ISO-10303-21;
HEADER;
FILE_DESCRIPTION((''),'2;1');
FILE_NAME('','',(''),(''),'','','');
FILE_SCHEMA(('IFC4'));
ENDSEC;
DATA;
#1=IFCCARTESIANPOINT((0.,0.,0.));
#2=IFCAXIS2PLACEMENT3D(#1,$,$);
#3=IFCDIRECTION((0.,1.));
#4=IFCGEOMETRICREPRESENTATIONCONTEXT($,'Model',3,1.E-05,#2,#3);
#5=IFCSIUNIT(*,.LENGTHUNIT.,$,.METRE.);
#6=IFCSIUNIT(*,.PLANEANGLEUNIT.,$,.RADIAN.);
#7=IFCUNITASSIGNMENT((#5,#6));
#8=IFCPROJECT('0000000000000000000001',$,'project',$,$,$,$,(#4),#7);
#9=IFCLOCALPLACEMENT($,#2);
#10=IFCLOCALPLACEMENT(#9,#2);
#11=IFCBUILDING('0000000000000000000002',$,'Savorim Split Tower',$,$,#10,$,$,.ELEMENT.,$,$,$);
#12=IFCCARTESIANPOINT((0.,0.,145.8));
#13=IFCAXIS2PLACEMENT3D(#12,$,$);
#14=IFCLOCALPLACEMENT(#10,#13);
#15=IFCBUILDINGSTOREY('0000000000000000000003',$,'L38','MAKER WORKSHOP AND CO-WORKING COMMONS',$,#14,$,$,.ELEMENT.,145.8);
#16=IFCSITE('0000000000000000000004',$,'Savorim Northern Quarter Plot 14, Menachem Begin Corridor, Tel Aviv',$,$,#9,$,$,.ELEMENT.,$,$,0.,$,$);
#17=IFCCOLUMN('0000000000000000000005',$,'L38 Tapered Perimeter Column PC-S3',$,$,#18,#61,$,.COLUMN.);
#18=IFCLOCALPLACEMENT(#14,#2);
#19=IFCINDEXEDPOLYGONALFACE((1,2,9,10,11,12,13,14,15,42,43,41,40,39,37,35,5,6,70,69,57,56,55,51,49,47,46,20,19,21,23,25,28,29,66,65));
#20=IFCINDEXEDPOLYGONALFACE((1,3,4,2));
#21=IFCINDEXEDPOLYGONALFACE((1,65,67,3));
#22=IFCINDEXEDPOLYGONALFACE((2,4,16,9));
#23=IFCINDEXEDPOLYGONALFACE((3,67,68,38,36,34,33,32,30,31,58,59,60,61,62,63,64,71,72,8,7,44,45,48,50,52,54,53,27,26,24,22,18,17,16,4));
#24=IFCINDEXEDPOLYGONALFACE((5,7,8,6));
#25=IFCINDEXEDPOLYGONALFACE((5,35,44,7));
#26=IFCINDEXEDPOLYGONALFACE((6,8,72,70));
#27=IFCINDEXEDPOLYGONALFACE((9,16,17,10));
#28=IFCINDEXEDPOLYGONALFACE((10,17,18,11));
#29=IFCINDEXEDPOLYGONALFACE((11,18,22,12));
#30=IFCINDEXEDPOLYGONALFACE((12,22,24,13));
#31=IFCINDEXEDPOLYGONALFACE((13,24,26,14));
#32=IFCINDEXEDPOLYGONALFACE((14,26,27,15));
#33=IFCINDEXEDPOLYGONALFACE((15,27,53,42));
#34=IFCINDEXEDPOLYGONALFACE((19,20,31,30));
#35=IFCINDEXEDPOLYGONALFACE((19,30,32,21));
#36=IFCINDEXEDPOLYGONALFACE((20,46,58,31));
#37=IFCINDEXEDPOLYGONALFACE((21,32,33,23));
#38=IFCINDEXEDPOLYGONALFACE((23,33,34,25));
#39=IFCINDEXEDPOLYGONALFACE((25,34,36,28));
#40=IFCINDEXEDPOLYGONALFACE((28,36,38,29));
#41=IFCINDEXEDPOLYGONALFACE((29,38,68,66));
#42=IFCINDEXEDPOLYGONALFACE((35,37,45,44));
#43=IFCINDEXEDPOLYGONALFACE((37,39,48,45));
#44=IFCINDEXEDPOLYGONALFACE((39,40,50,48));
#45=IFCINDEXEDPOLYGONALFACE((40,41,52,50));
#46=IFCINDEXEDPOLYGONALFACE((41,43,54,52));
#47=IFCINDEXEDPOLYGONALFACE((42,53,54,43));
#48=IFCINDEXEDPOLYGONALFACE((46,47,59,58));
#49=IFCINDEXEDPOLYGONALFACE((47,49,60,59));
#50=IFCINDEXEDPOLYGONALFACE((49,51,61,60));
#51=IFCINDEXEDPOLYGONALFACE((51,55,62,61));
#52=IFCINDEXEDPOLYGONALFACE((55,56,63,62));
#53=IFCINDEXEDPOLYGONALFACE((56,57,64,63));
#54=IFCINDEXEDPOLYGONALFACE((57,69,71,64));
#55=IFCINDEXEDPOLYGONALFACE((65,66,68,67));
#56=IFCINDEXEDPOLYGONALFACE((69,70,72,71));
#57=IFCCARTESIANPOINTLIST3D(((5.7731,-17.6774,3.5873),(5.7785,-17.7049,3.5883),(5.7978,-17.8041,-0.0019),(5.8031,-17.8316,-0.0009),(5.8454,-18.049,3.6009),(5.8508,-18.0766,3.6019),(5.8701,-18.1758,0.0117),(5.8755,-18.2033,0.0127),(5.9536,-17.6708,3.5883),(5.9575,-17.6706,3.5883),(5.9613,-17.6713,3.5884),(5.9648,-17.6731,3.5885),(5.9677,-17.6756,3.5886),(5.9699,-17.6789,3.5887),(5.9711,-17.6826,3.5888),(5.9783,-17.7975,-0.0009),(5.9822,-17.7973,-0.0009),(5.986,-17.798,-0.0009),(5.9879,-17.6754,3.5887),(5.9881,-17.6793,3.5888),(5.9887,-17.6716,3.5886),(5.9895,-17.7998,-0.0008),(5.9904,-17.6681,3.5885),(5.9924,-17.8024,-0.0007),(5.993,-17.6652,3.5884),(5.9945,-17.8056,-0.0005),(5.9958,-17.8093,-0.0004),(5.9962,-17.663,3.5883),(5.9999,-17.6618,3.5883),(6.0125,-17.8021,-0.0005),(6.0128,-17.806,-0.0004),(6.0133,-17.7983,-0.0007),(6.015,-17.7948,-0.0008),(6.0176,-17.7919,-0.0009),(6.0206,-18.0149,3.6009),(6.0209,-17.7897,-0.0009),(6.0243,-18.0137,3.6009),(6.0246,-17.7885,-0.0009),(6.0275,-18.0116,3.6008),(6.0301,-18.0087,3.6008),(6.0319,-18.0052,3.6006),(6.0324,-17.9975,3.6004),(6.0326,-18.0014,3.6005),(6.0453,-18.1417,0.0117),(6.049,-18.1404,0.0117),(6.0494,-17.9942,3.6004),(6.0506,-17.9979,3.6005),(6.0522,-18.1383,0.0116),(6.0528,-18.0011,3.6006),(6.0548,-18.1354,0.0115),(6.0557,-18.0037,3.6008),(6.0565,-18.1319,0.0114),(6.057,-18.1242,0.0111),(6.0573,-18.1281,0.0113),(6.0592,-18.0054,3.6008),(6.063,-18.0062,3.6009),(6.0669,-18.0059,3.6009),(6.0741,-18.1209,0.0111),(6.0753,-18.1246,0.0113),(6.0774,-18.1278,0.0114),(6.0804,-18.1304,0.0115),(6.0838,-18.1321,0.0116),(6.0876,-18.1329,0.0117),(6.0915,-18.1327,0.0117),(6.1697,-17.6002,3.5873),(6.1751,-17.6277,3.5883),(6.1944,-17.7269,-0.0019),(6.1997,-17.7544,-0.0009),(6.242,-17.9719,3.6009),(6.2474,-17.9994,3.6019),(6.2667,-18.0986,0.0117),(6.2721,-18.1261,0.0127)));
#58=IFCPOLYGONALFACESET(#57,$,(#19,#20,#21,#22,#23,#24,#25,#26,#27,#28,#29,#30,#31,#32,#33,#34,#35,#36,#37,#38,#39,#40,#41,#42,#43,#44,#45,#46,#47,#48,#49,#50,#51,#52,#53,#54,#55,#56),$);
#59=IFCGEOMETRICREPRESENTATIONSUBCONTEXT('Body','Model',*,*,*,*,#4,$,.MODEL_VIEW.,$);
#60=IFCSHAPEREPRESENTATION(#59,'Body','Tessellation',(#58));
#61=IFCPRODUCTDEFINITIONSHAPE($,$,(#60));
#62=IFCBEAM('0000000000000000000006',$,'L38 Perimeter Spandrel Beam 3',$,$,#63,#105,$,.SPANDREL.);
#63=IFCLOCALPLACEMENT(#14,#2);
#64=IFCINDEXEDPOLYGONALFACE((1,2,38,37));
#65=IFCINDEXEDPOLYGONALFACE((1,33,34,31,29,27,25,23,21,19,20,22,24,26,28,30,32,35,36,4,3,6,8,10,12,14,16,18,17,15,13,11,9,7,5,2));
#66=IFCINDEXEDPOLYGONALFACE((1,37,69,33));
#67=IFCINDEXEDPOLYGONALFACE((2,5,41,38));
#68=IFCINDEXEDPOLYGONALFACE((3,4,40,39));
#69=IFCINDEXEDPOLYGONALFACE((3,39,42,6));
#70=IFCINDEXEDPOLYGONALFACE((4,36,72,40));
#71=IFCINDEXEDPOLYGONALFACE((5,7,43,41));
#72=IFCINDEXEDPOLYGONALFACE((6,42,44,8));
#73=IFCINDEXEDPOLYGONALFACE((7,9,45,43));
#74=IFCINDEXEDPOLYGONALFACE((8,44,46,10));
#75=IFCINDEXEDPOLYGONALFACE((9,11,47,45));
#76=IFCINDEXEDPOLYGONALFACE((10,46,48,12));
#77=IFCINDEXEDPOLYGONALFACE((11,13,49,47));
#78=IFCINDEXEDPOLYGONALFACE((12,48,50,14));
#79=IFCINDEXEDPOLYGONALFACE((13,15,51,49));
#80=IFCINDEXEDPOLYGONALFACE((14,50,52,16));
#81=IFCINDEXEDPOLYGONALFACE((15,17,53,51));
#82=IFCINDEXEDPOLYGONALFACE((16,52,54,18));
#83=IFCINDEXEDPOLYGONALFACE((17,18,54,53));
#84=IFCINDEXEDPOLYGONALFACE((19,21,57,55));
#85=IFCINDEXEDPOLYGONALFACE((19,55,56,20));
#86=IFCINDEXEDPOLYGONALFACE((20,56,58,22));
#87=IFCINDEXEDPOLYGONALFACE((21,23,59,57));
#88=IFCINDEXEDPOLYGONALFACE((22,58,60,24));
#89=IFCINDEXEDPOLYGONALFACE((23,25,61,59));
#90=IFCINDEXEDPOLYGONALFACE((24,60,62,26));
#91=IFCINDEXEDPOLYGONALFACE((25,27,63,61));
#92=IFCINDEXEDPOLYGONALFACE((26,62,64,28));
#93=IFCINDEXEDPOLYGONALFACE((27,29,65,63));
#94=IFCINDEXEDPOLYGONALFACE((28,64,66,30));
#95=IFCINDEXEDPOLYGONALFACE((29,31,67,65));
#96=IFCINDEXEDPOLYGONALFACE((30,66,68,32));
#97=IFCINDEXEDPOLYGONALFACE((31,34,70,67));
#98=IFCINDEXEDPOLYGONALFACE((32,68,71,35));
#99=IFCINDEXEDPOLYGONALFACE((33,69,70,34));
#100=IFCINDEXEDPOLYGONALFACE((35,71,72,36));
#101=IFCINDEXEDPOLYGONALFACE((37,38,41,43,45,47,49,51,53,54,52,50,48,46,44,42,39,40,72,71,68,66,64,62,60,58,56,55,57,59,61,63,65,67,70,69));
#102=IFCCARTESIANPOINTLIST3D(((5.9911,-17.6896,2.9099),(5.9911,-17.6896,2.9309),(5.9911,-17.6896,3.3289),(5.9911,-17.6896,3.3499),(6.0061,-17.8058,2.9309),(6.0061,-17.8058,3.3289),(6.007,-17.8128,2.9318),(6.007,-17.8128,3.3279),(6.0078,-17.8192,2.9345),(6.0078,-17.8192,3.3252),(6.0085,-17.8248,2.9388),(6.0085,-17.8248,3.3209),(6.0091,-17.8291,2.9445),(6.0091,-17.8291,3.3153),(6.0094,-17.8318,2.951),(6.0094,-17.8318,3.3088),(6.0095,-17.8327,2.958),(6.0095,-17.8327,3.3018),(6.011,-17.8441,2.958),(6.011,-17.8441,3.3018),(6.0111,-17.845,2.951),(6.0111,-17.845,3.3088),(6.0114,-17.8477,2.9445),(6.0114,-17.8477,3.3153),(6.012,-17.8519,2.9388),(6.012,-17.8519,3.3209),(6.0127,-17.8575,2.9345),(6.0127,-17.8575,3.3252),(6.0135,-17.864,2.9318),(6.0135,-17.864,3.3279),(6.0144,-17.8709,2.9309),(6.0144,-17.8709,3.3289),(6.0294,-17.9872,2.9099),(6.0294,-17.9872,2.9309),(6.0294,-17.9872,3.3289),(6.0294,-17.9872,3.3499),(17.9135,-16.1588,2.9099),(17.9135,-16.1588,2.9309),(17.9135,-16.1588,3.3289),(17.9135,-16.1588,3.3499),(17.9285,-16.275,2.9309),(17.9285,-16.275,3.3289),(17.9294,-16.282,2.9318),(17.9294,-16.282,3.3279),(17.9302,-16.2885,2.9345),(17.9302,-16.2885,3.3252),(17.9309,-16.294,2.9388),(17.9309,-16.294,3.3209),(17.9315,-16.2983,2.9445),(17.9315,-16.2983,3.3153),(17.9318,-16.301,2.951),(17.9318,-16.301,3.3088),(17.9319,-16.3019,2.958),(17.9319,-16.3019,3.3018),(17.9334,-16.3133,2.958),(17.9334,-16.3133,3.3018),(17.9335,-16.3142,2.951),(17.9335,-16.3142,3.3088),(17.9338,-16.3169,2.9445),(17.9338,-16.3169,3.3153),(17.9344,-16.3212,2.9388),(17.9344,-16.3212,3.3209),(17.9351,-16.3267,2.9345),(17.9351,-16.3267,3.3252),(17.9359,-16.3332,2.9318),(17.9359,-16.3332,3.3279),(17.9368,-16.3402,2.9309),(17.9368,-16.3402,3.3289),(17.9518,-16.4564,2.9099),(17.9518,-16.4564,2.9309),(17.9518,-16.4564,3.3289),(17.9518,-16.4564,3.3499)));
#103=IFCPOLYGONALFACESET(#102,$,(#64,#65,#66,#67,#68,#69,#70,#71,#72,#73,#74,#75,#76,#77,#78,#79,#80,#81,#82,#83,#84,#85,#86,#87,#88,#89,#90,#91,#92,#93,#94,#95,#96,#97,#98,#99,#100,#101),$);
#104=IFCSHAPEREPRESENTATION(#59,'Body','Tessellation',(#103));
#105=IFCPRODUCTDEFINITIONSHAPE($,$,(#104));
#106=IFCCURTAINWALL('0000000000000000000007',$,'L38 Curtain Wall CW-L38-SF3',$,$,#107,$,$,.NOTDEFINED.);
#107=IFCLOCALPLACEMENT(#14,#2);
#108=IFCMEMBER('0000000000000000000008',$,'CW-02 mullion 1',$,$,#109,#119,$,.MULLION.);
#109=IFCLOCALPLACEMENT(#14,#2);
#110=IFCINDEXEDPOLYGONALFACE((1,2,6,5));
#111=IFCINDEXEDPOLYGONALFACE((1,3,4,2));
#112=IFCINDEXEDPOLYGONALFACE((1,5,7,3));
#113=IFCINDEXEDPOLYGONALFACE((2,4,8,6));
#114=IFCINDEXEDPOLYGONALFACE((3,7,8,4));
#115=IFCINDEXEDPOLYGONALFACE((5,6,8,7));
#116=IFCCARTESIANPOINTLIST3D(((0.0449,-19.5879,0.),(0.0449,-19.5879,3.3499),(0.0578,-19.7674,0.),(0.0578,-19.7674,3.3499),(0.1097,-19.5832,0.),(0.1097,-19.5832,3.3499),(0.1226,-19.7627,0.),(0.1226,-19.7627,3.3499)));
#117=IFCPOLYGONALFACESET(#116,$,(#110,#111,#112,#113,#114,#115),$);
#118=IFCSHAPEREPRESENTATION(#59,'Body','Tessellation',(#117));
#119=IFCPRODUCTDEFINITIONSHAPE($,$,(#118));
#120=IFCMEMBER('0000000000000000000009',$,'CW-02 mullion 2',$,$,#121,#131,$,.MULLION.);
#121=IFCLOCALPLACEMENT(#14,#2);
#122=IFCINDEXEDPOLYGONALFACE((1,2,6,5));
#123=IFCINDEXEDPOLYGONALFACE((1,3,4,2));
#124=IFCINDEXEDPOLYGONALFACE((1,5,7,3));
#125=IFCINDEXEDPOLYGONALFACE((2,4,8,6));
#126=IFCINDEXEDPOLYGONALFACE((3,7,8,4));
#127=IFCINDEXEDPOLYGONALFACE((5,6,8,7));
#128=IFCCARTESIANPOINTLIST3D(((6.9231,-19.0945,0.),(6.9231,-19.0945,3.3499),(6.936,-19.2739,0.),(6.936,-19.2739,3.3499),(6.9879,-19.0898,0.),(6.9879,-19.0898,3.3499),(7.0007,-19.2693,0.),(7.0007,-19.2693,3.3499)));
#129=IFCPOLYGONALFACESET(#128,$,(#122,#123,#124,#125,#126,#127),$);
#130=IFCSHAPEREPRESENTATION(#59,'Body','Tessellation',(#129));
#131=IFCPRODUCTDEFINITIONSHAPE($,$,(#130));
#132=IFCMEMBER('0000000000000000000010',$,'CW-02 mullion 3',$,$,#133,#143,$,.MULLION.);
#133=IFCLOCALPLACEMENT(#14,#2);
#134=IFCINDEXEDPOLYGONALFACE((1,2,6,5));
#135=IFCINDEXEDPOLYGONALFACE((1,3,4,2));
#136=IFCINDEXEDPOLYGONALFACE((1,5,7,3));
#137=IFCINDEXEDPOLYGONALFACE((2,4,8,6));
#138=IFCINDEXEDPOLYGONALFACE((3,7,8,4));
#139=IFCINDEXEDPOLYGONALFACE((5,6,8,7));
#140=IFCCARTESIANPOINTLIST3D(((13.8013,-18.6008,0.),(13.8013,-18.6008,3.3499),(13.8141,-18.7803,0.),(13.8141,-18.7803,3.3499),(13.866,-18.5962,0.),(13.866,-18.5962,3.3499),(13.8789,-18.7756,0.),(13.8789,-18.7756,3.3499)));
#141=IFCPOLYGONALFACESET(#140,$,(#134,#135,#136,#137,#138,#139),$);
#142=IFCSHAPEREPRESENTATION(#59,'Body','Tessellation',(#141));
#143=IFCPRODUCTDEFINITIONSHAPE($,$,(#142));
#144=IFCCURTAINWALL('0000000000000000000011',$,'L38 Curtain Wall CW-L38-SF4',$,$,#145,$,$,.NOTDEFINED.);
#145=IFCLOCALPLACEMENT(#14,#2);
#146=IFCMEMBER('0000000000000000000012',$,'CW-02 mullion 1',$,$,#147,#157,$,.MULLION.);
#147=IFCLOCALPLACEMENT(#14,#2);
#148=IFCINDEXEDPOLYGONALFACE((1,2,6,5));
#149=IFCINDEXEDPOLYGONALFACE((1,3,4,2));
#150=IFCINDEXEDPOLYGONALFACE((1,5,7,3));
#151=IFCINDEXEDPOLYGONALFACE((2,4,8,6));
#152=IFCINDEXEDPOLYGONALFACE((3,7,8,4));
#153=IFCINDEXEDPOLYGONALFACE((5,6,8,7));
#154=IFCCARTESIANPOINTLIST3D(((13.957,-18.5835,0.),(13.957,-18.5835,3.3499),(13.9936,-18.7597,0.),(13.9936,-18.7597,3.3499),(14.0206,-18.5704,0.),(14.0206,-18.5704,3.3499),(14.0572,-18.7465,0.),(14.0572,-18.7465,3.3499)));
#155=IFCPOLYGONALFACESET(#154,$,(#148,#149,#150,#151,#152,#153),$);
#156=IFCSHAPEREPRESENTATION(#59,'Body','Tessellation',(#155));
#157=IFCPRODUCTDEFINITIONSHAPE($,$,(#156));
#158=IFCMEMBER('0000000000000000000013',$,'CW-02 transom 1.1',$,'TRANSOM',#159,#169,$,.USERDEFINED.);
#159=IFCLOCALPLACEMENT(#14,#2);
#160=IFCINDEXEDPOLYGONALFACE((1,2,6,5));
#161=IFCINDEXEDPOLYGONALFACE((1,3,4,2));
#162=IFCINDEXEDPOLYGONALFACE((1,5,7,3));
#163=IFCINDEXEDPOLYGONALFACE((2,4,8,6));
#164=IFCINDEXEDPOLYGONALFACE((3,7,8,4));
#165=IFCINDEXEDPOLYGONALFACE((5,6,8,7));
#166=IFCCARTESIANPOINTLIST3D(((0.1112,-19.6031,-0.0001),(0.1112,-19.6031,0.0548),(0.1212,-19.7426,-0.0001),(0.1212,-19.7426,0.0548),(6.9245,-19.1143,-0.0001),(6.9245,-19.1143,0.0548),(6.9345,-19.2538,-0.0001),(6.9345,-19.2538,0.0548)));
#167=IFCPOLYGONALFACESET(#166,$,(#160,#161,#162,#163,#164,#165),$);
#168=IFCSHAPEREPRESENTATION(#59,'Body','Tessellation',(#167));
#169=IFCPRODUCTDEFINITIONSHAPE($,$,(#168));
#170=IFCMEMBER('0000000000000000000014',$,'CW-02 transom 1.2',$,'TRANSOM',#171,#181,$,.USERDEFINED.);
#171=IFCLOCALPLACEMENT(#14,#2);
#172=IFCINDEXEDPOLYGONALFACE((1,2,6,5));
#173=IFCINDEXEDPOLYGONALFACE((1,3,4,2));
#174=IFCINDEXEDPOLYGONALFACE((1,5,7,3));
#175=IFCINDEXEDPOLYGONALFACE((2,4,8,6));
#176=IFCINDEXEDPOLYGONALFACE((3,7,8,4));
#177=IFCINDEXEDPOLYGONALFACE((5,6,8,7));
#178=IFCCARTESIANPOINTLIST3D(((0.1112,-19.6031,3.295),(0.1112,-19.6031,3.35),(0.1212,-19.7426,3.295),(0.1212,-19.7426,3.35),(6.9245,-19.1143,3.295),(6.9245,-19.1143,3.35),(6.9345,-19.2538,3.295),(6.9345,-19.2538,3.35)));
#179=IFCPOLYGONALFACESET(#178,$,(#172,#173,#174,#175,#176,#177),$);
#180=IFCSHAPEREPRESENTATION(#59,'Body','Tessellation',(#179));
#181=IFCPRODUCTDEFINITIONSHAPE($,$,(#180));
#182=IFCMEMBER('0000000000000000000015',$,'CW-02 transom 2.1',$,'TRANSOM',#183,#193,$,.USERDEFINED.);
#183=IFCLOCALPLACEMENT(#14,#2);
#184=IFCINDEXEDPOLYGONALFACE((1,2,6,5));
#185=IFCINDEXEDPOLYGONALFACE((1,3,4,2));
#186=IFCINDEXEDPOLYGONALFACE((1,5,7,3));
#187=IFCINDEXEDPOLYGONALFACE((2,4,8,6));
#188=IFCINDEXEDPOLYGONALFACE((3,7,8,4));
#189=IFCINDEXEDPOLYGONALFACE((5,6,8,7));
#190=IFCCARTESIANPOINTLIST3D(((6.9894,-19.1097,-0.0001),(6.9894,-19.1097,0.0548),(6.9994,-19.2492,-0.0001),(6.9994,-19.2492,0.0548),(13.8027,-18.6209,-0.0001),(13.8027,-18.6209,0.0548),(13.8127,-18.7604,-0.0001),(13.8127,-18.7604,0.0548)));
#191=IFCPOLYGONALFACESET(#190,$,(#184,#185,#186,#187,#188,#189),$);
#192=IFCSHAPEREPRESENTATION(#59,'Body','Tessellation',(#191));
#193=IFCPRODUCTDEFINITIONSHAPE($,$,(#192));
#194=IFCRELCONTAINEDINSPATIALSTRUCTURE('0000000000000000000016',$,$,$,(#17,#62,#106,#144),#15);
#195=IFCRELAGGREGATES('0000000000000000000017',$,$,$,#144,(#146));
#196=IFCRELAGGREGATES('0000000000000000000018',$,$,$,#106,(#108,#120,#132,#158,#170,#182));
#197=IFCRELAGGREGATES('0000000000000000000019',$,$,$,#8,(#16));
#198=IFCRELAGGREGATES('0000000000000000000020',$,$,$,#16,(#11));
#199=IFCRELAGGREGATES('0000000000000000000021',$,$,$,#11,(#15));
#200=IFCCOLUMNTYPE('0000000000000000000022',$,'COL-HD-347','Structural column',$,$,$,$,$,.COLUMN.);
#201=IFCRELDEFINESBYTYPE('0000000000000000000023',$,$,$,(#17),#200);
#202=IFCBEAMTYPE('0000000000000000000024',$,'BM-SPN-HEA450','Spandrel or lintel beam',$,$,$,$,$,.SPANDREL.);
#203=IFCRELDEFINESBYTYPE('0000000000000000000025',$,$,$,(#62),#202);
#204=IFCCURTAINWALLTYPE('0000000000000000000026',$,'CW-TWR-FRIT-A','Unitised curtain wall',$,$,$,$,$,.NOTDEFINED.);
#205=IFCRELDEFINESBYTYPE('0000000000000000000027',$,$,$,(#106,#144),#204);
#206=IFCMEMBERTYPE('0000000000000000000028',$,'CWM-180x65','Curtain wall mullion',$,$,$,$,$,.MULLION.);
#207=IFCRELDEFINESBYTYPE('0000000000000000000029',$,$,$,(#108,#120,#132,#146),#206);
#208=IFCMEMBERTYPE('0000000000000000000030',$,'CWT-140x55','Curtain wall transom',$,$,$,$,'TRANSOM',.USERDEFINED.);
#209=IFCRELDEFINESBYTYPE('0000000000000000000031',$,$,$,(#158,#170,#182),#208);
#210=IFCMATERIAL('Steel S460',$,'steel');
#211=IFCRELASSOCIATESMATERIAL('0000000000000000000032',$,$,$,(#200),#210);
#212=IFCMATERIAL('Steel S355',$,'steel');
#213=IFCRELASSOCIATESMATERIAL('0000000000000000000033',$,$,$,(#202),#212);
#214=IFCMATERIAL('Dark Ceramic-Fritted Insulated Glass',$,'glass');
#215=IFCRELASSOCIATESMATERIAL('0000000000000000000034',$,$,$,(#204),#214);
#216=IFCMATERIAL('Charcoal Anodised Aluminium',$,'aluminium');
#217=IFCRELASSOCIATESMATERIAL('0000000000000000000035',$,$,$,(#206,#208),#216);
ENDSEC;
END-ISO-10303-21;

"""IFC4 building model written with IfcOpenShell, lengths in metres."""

from ifc_helpers import new_model, si_unit, direction, frame, origin, origin_2d, place, context, subcontext, project, spatial, rectangle, i_section, extrude, material, material_profile, profile_set, type_object, element, aggregate, save


model = new_model("IFC4")

# Units and contexts
model_context = context("Model", 3, precision=1e-05, world=origin(), true_north=direction((0.0, 1.0)))
body_context = subcontext(model_context, "Body", "Model", "MODEL_VIEW")
ifc_project = project(units=[si_unit("LENGTHUNIT", "METRE"), si_unit("PLANEANGLEUNIT", "RADIAN")], contexts=[model_context])

# Site, building, storey
site_placement = place(None, origin())
site = spatial("IfcSite", under=ifc_project, at=site_placement, Name="Savorim Northern Quarter Plot 14, Menachem Begin Corridor, Tel Aviv", CompositionType="ELEMENT", RefElevation=0.0)
building_placement = place(site_placement, origin())
building = spatial("IfcBuilding", under=site, at=building_placement, Name="Savorim Split Tower", CompositionType="ELEMENT")
storey_placement = place(building_placement, frame((0.0, 0.0, 145.8)))
storey = spatial("IfcBuildingStorey", under=building, at=storey_placement, Name="L38", Description="MAKER WORKSHOP AND CO-WORKING COMMONS", CompositionType="ELEMENT", Elevation=145.8)

# Column
ifc_material_1 = material(Name="Steel S460", Category="steel")
ifc_material_profile_1 = material_profile(ifc_material_1, i_section(OverallWidth=0.4041, OverallDepth=0.407, WebThickness=0.0173, FlangeThickness=0.0281, FilletRadius=0.0149, at=origin_2d()), Name="HD 400x347")
ifc_profile_set_1 = profile_set([ifc_material_profile_1], Name="Steel S460")
column_type = type_object("IfcColumnType", Name="COL-HD-347", Description="Structural column", PredefinedType="COLUMN", material=ifc_profile_set_1)
column_placement = place(storey_placement, frame((6.0349, -17.9651, 0.0054), z_axis=(-0.006866, 0.035281, 0.999354), x_axis=(-0.981586, -0.191022, 0.0)))
element("IfcColumn", 1, at=column_placement, inside=storey, type_object=column_type, Name="L38 Tapered Perimeter Column PC-S3", PredefinedType="COLUMN", context=body_context, shape_type="SweptSolid", body=[
    extrude(i_section(OverallWidth=0.4041, OverallDepth=0.407, WebThickness=0.0173, FlangeThickness=0.0281, FilletRadius=0.0149, at=origin_2d()), origin(), (0.0, 0.0, 1.0), 3.5916),
])

# Beam
ifc_material_2 = material(Name="Steel S355", Category="steel")
ifc_material_profile_2 = material_profile(ifc_material_2, i_section(OverallWidth=0.3, OverallDepth=0.4399, WebThickness=0.0115, FlangeThickness=0.021, FilletRadius=0.0271, at=origin_2d()), Name="HEA 450")
ifc_profile_set_2 = profile_set([ifc_material_profile_2], Name="Steel S355")
beam_type = type_object("IfcBeamType", Name="BM-SPN-HEA450", Description="Spandrel or lintel beam", PredefinedType="SPANDREL", material=ifc_profile_set_2)
beam_placement = place(storey_placement, frame((6.0103, -17.8384, 3.1299), z_axis=(0.991858, 0.127349, 0.0), x_axis=(-0.127349, 0.991858, 0.0)))
element("IfcBeam", 2, at=beam_placement, inside=storey, type_object=beam_type, Name="L38 Perimeter Spandrel Beam 3", PredefinedType="SPANDREL", context=body_context, shape_type="SweptSolid", body=[
    extrude(i_section(OverallWidth=0.3, OverallDepth=0.4399, WebThickness=0.0115, FlangeThickness=0.021, FilletRadius=0.0271, at=origin_2d()), origin(), (0.0, 0.0, 1.0), 12.0203),
])

# Curtain wall, members
ifc_material_3 = material(Name="Dark Ceramic-Fritted Insulated Glass", Category="glass")
curtain_wall_type = type_object("IfcCurtainWallType", Name="CW-TWR-FRIT-A", Description="Unitised curtain wall", PredefinedType="NOTDEFINED", material=ifc_material_3)
curtain_wall_1_placement = place(storey_placement, origin())
curtain_wall_1 = element("IfcCurtainWall", 3, at=curtain_wall_1_placement, inside=storey, type_object=curtain_wall_type, Name="L38 Curtain Wall CW-L38-SF3", PredefinedType="NOTDEFINED")
ifc_material_4 = material(Name="Charcoal Anodised Aluminium", Category="aluminium")
ifc_material_profile_3 = material_profile(ifc_material_4, rectangle(XDim=0.1799, YDim=0.0649, at=origin_2d()), Name="ALU-M 180x65")
ifc_profile_set_3 = profile_set([ifc_material_profile_3], Name="Charcoal Anodised Aluminium")
member_type_1 = type_object("IfcMemberType", Name="CWM-180x65", Description="Curtain wall mullion", PredefinedType="MULLION", material=ifc_profile_set_3)
member_1_placement = place(storey_placement, frame((0.0837, -19.6753, 0.0), z_axis=(0.0, 0.0, 1.0), x_axis=(-0.071561, 0.997436, 0.0)))
member_1 = element("IfcMember", 4, at=member_1_placement, type_object=member_type_1, Name="CW-02 mullion 1", PredefinedType="MULLION", context=body_context, shape_type="SweptSolid", body=[
    extrude(rectangle(XDim=0.1799, YDim=0.0649, at=origin_2d()), origin(), (0.0, 0.0, 1.0), 3.3499),
])
member_2_placement = place(storey_placement, frame((6.9619, -19.1819, 0.0), z_axis=(0.0, 0.0, 1.0), x_axis=(-0.071561, 0.997436, 0.0)))
member_2 = element("IfcMember", 5, at=member_2_placement, type_object=member_type_1, Name="CW-02 mullion 2", PredefinedType="MULLION", context=body_context, shape_type="SweptSolid", body=[
    extrude(rectangle(XDim=0.1799, YDim=0.0649, at=origin_2d()), origin(), (0.0, 0.0, 1.0), 3.3499),
])
member_3_placement = place(storey_placement, frame((13.8401, -18.6882, 0.0), z_axis=(0.0, 0.0, 1.0), x_axis=(-0.071561, 0.997436, 0.0)))
member_3 = element("IfcMember", 6, at=member_3_placement, type_object=member_type_1, Name="CW-02 mullion 3", PredefinedType="MULLION", context=body_context, shape_type="SweptSolid", body=[
    extrude(rectangle(XDim=0.1799, YDim=0.0649, at=origin_2d()), origin(), (0.0, 0.0, 1.0), 3.3499),
])

# Curtain wall, member
curtain_wall_2_placement = place(storey_placement, origin())
curtain_wall_2 = element("IfcCurtainWall", 7, at=curtain_wall_2_placement, inside=storey, type_object=curtain_wall_type, Name="L38 Curtain Wall CW-L38-SF4", PredefinedType="NOTDEFINED")
member_4_placement = place(storey_placement, frame((14.0071, -18.665, 0.0), z_axis=(0.0, 0.0, 1.0), x_axis=(-0.20321, 0.979135, 0.0)))
member_4 = element("IfcMember", 8, at=member_4_placement, type_object=member_type_1, Name="CW-02 mullion 1", PredefinedType="MULLION", context=body_context, shape_type="SweptSolid", body=[
    extrude(rectangle(XDim=0.1799, YDim=0.0649, at=origin_2d()), origin(), (0.0, 0.0, 1.0), 3.3499),
])

# Members
ifc_material_profile_4 = material_profile(ifc_material_4, rectangle(XDim=0.1399, YDim=0.0549, at=origin_2d()), Name="ALU-T 140x55")
ifc_profile_set_4 = profile_set([ifc_material_profile_4], Name="Charcoal Anodised Aluminium")
member_type_2 = type_object("IfcMemberType", Name="CWT-140x55", Description="Curtain wall transom", ElementType="TRANSOM", PredefinedType="USERDEFINED", material=ifc_profile_set_4)
member_5_placement = place(storey_placement, frame((0.1162, -19.6729, 0.0273), z_axis=(0.997437, 0.071554, 0.0), x_axis=(-0.071554, 0.997437, 0.0)))
member_5 = element("IfcMember", 9, at=member_5_placement, type_object=member_type_2, Name="CW-02 transom 1.1", ObjectType="TRANSOM", PredefinedType="USERDEFINED", context=body_context, shape_type="SweptSolid", body=[
    extrude(rectangle(XDim=0.1399, YDim=0.0549, at=origin_2d()), origin(), (0.0, 0.0, 1.0), 6.8308),
])
member_6_placement = place(storey_placement, frame((0.1162, -19.6729, 3.3225), z_axis=(0.997437, 0.071554, 0.0), x_axis=(-0.071554, 0.997437, 0.0)))
member_6 = element("IfcMember", 10, at=member_6_placement, type_object=member_type_2, Name="CW-02 transom 1.2", ObjectType="TRANSOM", PredefinedType="USERDEFINED", context=body_context, shape_type="SweptSolid", body=[
    extrude(rectangle(XDim=0.1399, YDim=0.0549, at=origin_2d()), origin(), (0.0, 0.0, 1.0), 6.8308),
])
member_7_placement = place(storey_placement, frame((6.9944, -19.1794, 0.0273), z_axis=(0.997437, 0.071554, 0.0), x_axis=(-0.071554, 0.997437, 0.0)))
member_7 = element("IfcMember", 11, at=member_7_placement, type_object=member_type_2, Name="CW-02 transom 2.1", ObjectType="TRANSOM", PredefinedType="USERDEFINED", context=body_context, shape_type="SweptSolid", body=[
    extrude(rectangle(XDim=0.1399, YDim=0.0549, at=origin_2d()), origin(), (0.0, 0.0, 1.0), 6.8308),
])
aggregate(curtain_wall_2, [member_4])

aggregate(curtain_wall_1, [member_1, member_2, member_3, member_5, member_6, member_7])

save(model, "model.ifc")
